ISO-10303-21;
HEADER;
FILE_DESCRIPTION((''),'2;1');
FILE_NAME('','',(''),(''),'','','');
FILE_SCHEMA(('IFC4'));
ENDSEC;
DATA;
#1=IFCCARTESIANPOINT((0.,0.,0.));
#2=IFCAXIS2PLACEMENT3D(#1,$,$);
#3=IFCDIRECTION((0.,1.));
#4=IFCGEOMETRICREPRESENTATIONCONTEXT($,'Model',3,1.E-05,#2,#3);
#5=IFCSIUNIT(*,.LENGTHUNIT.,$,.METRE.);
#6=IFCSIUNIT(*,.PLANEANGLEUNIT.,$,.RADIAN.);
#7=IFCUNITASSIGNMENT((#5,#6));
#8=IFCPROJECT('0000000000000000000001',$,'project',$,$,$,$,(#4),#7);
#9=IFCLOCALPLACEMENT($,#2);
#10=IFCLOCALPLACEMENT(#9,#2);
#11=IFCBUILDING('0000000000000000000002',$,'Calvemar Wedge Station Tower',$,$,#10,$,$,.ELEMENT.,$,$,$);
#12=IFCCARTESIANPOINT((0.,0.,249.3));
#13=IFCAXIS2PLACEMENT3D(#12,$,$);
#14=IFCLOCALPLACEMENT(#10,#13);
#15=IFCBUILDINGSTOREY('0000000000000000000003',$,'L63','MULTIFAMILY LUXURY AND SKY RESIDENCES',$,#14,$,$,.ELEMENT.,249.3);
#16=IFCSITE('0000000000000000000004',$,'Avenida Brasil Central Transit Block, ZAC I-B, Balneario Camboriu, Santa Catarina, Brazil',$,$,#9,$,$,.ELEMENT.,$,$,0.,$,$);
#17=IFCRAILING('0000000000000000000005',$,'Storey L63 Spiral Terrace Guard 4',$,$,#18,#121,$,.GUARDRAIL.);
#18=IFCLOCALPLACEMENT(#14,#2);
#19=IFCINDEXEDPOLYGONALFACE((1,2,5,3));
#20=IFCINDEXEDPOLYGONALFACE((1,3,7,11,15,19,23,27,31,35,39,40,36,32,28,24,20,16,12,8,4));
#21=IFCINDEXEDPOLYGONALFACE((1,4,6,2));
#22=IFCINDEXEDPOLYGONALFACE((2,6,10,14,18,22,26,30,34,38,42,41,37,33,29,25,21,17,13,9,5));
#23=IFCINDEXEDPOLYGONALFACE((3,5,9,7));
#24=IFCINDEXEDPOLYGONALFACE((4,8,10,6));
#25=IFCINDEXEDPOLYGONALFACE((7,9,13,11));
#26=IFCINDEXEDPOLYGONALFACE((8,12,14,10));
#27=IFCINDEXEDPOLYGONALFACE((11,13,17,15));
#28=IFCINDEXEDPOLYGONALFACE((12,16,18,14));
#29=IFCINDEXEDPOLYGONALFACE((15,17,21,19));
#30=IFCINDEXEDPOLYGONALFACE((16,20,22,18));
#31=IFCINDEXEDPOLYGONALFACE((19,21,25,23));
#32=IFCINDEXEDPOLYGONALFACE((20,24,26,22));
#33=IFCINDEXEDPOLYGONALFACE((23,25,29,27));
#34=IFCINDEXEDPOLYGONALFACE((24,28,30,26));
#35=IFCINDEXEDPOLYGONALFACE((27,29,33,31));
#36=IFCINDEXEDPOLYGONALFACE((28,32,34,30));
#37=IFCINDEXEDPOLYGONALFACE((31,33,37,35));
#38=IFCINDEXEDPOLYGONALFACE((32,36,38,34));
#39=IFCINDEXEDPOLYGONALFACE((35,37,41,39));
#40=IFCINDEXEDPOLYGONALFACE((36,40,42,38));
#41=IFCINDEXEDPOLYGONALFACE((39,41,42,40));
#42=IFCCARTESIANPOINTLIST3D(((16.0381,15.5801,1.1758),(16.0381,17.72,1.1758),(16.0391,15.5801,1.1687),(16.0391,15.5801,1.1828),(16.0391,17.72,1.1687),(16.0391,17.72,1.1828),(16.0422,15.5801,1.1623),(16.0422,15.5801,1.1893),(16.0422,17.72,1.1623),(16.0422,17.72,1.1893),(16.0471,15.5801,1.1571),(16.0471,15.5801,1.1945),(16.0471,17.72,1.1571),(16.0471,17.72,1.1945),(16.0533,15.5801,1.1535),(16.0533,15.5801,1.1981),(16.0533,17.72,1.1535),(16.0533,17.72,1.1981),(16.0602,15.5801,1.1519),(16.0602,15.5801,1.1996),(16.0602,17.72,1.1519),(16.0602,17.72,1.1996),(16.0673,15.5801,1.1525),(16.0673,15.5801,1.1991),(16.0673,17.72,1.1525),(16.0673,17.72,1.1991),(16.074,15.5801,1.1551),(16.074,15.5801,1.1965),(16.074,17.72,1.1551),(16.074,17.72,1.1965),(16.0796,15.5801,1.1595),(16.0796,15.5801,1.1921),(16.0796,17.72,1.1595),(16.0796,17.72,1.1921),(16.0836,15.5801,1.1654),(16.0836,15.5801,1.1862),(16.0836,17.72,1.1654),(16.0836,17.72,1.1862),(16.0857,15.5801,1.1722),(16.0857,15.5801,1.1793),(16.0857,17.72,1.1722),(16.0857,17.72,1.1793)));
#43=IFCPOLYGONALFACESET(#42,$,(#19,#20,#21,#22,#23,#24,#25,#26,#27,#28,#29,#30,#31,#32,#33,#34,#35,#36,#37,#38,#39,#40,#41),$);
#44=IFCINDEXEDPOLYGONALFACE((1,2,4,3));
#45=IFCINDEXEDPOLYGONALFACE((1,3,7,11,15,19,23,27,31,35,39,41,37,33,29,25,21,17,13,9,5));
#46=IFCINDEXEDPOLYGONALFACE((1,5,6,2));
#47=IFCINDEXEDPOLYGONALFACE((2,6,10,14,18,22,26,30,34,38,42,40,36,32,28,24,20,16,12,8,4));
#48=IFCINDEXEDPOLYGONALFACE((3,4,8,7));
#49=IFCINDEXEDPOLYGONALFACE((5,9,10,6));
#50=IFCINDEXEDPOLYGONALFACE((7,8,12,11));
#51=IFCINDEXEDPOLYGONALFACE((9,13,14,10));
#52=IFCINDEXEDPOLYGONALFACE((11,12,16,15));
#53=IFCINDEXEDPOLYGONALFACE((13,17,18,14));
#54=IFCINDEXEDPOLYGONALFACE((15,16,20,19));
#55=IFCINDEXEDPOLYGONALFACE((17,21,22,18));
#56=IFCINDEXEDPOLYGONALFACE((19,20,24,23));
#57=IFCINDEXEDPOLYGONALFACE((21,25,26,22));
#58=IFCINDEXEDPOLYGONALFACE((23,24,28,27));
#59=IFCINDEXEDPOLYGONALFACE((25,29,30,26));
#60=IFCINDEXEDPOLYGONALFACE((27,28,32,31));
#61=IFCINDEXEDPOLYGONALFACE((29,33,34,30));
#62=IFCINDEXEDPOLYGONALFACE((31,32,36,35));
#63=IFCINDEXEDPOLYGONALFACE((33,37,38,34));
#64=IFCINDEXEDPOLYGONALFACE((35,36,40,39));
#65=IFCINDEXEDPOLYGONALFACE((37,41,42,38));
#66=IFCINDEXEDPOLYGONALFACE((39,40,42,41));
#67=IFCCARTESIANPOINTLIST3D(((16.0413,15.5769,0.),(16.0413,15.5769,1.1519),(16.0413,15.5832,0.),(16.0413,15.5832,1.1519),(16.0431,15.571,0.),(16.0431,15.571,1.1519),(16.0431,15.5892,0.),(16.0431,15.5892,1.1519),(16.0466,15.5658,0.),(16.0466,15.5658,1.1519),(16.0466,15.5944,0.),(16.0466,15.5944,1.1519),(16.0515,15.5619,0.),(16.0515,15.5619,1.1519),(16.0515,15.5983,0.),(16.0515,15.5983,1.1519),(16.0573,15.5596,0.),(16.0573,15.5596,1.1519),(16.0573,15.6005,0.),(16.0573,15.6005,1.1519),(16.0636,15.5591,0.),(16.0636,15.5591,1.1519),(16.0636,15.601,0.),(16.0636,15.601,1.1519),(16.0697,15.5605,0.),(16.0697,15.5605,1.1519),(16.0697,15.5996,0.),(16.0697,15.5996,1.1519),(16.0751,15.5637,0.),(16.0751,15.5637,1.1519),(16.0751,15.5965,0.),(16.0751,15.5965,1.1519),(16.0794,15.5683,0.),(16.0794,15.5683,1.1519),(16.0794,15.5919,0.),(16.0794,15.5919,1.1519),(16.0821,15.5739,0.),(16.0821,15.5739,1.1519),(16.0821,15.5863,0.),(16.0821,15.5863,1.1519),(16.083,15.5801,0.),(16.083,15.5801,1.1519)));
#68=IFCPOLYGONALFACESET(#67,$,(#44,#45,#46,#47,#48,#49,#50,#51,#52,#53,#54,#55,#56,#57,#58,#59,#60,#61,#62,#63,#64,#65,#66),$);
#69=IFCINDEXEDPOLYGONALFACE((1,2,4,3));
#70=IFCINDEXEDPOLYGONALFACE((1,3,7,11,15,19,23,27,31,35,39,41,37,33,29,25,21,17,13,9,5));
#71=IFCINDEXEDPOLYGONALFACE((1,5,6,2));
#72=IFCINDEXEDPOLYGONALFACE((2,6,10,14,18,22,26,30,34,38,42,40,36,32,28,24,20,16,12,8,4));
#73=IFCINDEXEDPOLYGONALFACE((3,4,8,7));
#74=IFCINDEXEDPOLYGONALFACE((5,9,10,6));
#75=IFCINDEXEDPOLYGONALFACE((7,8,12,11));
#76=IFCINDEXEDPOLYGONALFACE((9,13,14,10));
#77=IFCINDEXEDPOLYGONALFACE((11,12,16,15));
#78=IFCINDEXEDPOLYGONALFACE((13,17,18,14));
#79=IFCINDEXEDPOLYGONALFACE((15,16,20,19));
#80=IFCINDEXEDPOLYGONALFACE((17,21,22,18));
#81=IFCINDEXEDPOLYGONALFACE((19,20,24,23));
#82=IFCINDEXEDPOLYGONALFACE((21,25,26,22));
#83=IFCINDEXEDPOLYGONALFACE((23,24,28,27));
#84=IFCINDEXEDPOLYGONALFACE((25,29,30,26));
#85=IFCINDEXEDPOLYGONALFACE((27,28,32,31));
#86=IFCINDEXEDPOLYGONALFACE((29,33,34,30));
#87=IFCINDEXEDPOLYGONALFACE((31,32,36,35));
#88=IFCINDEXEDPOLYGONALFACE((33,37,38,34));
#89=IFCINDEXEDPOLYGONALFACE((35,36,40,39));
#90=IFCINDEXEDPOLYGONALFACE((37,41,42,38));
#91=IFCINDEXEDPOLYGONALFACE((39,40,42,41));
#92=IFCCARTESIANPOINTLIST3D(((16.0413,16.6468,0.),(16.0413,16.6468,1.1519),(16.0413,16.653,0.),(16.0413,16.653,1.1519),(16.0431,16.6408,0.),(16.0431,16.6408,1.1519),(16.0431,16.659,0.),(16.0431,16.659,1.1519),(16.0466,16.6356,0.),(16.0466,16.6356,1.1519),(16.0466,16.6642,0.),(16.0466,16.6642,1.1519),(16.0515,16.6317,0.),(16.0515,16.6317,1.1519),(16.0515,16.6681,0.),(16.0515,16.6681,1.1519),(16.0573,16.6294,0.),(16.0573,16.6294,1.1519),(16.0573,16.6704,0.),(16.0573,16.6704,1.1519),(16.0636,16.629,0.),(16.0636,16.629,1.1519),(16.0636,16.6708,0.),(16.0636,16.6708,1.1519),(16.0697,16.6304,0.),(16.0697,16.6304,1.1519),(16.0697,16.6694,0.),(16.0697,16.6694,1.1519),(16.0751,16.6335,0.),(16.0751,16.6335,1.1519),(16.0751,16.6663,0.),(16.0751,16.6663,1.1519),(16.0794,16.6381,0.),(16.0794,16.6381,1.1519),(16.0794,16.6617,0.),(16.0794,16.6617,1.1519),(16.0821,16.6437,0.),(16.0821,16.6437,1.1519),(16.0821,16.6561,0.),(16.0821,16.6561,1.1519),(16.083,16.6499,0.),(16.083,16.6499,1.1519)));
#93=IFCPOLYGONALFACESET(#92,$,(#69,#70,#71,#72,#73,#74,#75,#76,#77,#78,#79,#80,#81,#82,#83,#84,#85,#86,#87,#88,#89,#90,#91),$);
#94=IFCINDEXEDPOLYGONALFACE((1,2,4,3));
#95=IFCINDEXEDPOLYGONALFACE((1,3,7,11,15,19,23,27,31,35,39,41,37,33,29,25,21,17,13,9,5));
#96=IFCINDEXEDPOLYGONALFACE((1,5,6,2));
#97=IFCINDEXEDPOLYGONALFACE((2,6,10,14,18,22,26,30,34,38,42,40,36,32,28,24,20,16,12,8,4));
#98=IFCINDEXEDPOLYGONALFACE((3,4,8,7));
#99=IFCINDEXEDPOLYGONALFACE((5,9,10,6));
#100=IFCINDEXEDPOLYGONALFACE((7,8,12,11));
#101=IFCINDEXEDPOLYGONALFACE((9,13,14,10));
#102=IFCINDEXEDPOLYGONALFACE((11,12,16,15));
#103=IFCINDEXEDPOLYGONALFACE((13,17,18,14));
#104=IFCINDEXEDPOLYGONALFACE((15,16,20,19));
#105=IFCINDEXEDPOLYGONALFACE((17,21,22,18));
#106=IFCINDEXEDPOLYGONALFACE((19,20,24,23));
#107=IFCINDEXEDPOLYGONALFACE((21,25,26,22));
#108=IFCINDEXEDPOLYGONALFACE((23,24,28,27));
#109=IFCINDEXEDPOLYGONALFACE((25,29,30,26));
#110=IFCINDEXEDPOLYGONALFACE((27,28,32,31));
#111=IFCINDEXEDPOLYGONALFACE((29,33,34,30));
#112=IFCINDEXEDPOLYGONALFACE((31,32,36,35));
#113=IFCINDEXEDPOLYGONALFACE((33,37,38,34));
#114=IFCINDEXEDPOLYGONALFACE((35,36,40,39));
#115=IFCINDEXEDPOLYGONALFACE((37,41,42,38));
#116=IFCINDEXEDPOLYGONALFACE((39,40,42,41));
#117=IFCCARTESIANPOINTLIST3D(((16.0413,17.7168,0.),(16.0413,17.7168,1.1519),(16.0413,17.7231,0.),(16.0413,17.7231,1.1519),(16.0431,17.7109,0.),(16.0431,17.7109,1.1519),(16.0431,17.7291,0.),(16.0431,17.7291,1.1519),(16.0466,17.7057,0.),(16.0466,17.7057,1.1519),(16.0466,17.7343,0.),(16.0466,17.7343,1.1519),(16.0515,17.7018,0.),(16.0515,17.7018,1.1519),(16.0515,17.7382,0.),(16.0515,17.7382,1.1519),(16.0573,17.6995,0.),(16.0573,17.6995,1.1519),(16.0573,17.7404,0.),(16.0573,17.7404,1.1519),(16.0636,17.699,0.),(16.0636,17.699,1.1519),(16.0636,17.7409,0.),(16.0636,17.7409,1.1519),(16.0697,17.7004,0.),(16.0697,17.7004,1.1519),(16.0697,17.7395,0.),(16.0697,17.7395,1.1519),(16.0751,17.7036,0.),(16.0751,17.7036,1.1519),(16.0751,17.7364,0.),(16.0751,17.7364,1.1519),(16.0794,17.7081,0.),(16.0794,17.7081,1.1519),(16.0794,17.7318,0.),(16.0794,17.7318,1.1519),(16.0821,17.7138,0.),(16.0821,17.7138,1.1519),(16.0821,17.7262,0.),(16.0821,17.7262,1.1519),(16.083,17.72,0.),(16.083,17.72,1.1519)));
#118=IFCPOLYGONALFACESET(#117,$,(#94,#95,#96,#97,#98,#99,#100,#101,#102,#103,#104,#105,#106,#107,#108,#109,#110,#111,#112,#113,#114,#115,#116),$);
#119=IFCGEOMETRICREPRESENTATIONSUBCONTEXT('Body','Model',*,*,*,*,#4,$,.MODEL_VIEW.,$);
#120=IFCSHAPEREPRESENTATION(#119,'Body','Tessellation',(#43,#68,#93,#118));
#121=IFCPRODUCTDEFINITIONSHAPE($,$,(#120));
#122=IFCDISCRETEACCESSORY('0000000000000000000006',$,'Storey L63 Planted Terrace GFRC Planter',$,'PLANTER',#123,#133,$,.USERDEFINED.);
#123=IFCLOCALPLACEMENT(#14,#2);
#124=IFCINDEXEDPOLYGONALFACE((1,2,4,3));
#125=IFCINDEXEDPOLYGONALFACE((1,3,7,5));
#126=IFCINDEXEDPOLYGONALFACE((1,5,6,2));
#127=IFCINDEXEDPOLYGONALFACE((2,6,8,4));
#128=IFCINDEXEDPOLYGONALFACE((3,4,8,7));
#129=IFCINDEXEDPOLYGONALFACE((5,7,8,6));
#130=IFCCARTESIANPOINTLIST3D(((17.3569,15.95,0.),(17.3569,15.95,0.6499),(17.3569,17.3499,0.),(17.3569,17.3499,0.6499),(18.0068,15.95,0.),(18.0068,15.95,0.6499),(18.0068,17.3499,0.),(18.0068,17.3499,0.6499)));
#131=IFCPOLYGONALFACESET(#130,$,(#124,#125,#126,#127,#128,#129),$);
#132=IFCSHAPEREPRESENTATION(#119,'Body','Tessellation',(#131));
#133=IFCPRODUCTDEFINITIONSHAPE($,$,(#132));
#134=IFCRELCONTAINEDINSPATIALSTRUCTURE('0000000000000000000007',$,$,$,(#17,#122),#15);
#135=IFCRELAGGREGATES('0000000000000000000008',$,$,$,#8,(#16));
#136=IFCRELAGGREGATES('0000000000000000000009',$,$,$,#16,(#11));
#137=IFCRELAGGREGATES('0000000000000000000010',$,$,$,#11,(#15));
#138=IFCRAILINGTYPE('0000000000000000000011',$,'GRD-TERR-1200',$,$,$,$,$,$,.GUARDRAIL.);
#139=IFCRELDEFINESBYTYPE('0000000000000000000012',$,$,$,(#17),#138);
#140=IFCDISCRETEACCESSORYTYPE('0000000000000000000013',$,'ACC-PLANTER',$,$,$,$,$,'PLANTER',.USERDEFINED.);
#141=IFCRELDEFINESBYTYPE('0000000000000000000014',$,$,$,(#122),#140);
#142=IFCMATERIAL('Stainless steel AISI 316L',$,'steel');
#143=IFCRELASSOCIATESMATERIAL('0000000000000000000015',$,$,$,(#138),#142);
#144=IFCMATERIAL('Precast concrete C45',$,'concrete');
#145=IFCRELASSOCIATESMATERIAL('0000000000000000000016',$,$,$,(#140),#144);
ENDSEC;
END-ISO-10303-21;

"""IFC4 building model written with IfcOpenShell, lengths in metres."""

from ifc_helpers import new_model, si_unit, direction, frame, origin, origin_2d, place, context, subcontext, project, spatial, rectangle, circle, extrude, source, transform, mapped, material, type_object, element, save


model = new_model("IFC4")

# Units and contexts
model_context = context("Model", 3, precision=1e-05, world=origin(), true_north=direction((0.0, 1.0)))
body_context = subcontext(model_context, "Body", "Model", "MODEL_VIEW")
ifc_project = project(units=[si_unit("LENGTHUNIT", "METRE"), si_unit("PLANEANGLEUNIT", "RADIAN")], contexts=[model_context])

# Site, building, storey
site_placement = place(None, origin())
site = spatial("IfcSite", under=ifc_project, at=site_placement, Name="Avenida Brasil Central Transit Block, ZAC I-B, Balneario Camboriu, Santa Catarina, Brazil", CompositionType="ELEMENT", RefElevation=0.0)
building_placement = place(site_placement, origin())
building = spatial("IfcBuilding", under=site, at=building_placement, Name="Calvemar Wedge Station Tower", CompositionType="ELEMENT")
storey_placement = place(building_placement, frame((0.0, 0.0, 249.3)))
storey = spatial("IfcBuildingStorey", under=building, at=storey_placement, Name="L63", Description="MULTIFAMILY LUXURY AND SKY RESIDENCES", CompositionType="ELEMENT", Elevation=249.3)

# Shared definitions
ifc_material_1 = material(Name="Precast concrete C45", Category="concrete")

# Railing
ifc_material_2 = material(Name="Stainless steel AISI 316L", Category="steel")
railing_type = type_object("IfcRailingType", Name="GRD-TERR-1200", PredefinedType="GUARDRAIL", material=ifc_material_2)
railing_1_placement = place(storey_placement, frame((16.062, 15.5801, 0.0)))
element("IfcRailing", 1, at=railing_1_placement, inside=storey, type_object=railing_type, Name="Storey L63 Spiral Terrace Guard 4", PredefinedType="GUARDRAIL", context=body_context, shape_type="SweptSolid", body=[
    extrude(circle(Radius=0.0239, at=origin_2d()), frame((0.0, 0.0, 1.1758), z_axis=(0.0, 1.0, 0.0), x_axis=(-1.0, 0.0, 0.0)), (0.0, 0.0, 1.0), 2.1399),
    extrude(circle(Radius=0.021, at=origin_2d()), origin(), (0.0, 0.0, 1.0), 1.1519),
    extrude(circle(Radius=0.021, at=origin_2d()), frame((0.0, 1.0698, 0.0)), (0.0, 0.0, 1.0), 1.1519),
    extrude(circle(Radius=0.021, at=origin_2d()), frame((0.0, 2.1399, 0.0)), (0.0, 0.0, 1.0), 1.1519),
])

# Discrete accessory
discrete_accessory_type = type_object("IfcDiscreteAccessoryType", Name="ACC-PLANTER", ElementType="PLANTER", PredefinedType="USERDEFINED", material=ifc_material_1)
shared_shape_1 = source(origin(), body_context, "Body", "SweptSolid", [
    extrude(rectangle(XDim=0.6499, YDim=1.3999, at=origin_2d()), origin(), (0.0, 0.0, 1.0), 0.6499),
])
discrete_accessory_placement = place(storey_placement, frame((17.6819, 16.6499, 0.0), z_axis=(0.0, 0.0, 1.0), x_axis=(1.0, 0.0, 0.0)))
element("IfcDiscreteAccessory", 2, at=discrete_accessory_placement, inside=storey, type_object=discrete_accessory_type, Name="Storey L63 Planted Terrace GFRC Planter", ObjectType="PLANTER", PredefinedType="USERDEFINED", context=body_context, shape_type="MappedRepresentation", body=[
    mapped(shared_shape_1, transform((0.0, 0.0, 0.0), scale=1.0)),
])

save(model, "model.ifc")
